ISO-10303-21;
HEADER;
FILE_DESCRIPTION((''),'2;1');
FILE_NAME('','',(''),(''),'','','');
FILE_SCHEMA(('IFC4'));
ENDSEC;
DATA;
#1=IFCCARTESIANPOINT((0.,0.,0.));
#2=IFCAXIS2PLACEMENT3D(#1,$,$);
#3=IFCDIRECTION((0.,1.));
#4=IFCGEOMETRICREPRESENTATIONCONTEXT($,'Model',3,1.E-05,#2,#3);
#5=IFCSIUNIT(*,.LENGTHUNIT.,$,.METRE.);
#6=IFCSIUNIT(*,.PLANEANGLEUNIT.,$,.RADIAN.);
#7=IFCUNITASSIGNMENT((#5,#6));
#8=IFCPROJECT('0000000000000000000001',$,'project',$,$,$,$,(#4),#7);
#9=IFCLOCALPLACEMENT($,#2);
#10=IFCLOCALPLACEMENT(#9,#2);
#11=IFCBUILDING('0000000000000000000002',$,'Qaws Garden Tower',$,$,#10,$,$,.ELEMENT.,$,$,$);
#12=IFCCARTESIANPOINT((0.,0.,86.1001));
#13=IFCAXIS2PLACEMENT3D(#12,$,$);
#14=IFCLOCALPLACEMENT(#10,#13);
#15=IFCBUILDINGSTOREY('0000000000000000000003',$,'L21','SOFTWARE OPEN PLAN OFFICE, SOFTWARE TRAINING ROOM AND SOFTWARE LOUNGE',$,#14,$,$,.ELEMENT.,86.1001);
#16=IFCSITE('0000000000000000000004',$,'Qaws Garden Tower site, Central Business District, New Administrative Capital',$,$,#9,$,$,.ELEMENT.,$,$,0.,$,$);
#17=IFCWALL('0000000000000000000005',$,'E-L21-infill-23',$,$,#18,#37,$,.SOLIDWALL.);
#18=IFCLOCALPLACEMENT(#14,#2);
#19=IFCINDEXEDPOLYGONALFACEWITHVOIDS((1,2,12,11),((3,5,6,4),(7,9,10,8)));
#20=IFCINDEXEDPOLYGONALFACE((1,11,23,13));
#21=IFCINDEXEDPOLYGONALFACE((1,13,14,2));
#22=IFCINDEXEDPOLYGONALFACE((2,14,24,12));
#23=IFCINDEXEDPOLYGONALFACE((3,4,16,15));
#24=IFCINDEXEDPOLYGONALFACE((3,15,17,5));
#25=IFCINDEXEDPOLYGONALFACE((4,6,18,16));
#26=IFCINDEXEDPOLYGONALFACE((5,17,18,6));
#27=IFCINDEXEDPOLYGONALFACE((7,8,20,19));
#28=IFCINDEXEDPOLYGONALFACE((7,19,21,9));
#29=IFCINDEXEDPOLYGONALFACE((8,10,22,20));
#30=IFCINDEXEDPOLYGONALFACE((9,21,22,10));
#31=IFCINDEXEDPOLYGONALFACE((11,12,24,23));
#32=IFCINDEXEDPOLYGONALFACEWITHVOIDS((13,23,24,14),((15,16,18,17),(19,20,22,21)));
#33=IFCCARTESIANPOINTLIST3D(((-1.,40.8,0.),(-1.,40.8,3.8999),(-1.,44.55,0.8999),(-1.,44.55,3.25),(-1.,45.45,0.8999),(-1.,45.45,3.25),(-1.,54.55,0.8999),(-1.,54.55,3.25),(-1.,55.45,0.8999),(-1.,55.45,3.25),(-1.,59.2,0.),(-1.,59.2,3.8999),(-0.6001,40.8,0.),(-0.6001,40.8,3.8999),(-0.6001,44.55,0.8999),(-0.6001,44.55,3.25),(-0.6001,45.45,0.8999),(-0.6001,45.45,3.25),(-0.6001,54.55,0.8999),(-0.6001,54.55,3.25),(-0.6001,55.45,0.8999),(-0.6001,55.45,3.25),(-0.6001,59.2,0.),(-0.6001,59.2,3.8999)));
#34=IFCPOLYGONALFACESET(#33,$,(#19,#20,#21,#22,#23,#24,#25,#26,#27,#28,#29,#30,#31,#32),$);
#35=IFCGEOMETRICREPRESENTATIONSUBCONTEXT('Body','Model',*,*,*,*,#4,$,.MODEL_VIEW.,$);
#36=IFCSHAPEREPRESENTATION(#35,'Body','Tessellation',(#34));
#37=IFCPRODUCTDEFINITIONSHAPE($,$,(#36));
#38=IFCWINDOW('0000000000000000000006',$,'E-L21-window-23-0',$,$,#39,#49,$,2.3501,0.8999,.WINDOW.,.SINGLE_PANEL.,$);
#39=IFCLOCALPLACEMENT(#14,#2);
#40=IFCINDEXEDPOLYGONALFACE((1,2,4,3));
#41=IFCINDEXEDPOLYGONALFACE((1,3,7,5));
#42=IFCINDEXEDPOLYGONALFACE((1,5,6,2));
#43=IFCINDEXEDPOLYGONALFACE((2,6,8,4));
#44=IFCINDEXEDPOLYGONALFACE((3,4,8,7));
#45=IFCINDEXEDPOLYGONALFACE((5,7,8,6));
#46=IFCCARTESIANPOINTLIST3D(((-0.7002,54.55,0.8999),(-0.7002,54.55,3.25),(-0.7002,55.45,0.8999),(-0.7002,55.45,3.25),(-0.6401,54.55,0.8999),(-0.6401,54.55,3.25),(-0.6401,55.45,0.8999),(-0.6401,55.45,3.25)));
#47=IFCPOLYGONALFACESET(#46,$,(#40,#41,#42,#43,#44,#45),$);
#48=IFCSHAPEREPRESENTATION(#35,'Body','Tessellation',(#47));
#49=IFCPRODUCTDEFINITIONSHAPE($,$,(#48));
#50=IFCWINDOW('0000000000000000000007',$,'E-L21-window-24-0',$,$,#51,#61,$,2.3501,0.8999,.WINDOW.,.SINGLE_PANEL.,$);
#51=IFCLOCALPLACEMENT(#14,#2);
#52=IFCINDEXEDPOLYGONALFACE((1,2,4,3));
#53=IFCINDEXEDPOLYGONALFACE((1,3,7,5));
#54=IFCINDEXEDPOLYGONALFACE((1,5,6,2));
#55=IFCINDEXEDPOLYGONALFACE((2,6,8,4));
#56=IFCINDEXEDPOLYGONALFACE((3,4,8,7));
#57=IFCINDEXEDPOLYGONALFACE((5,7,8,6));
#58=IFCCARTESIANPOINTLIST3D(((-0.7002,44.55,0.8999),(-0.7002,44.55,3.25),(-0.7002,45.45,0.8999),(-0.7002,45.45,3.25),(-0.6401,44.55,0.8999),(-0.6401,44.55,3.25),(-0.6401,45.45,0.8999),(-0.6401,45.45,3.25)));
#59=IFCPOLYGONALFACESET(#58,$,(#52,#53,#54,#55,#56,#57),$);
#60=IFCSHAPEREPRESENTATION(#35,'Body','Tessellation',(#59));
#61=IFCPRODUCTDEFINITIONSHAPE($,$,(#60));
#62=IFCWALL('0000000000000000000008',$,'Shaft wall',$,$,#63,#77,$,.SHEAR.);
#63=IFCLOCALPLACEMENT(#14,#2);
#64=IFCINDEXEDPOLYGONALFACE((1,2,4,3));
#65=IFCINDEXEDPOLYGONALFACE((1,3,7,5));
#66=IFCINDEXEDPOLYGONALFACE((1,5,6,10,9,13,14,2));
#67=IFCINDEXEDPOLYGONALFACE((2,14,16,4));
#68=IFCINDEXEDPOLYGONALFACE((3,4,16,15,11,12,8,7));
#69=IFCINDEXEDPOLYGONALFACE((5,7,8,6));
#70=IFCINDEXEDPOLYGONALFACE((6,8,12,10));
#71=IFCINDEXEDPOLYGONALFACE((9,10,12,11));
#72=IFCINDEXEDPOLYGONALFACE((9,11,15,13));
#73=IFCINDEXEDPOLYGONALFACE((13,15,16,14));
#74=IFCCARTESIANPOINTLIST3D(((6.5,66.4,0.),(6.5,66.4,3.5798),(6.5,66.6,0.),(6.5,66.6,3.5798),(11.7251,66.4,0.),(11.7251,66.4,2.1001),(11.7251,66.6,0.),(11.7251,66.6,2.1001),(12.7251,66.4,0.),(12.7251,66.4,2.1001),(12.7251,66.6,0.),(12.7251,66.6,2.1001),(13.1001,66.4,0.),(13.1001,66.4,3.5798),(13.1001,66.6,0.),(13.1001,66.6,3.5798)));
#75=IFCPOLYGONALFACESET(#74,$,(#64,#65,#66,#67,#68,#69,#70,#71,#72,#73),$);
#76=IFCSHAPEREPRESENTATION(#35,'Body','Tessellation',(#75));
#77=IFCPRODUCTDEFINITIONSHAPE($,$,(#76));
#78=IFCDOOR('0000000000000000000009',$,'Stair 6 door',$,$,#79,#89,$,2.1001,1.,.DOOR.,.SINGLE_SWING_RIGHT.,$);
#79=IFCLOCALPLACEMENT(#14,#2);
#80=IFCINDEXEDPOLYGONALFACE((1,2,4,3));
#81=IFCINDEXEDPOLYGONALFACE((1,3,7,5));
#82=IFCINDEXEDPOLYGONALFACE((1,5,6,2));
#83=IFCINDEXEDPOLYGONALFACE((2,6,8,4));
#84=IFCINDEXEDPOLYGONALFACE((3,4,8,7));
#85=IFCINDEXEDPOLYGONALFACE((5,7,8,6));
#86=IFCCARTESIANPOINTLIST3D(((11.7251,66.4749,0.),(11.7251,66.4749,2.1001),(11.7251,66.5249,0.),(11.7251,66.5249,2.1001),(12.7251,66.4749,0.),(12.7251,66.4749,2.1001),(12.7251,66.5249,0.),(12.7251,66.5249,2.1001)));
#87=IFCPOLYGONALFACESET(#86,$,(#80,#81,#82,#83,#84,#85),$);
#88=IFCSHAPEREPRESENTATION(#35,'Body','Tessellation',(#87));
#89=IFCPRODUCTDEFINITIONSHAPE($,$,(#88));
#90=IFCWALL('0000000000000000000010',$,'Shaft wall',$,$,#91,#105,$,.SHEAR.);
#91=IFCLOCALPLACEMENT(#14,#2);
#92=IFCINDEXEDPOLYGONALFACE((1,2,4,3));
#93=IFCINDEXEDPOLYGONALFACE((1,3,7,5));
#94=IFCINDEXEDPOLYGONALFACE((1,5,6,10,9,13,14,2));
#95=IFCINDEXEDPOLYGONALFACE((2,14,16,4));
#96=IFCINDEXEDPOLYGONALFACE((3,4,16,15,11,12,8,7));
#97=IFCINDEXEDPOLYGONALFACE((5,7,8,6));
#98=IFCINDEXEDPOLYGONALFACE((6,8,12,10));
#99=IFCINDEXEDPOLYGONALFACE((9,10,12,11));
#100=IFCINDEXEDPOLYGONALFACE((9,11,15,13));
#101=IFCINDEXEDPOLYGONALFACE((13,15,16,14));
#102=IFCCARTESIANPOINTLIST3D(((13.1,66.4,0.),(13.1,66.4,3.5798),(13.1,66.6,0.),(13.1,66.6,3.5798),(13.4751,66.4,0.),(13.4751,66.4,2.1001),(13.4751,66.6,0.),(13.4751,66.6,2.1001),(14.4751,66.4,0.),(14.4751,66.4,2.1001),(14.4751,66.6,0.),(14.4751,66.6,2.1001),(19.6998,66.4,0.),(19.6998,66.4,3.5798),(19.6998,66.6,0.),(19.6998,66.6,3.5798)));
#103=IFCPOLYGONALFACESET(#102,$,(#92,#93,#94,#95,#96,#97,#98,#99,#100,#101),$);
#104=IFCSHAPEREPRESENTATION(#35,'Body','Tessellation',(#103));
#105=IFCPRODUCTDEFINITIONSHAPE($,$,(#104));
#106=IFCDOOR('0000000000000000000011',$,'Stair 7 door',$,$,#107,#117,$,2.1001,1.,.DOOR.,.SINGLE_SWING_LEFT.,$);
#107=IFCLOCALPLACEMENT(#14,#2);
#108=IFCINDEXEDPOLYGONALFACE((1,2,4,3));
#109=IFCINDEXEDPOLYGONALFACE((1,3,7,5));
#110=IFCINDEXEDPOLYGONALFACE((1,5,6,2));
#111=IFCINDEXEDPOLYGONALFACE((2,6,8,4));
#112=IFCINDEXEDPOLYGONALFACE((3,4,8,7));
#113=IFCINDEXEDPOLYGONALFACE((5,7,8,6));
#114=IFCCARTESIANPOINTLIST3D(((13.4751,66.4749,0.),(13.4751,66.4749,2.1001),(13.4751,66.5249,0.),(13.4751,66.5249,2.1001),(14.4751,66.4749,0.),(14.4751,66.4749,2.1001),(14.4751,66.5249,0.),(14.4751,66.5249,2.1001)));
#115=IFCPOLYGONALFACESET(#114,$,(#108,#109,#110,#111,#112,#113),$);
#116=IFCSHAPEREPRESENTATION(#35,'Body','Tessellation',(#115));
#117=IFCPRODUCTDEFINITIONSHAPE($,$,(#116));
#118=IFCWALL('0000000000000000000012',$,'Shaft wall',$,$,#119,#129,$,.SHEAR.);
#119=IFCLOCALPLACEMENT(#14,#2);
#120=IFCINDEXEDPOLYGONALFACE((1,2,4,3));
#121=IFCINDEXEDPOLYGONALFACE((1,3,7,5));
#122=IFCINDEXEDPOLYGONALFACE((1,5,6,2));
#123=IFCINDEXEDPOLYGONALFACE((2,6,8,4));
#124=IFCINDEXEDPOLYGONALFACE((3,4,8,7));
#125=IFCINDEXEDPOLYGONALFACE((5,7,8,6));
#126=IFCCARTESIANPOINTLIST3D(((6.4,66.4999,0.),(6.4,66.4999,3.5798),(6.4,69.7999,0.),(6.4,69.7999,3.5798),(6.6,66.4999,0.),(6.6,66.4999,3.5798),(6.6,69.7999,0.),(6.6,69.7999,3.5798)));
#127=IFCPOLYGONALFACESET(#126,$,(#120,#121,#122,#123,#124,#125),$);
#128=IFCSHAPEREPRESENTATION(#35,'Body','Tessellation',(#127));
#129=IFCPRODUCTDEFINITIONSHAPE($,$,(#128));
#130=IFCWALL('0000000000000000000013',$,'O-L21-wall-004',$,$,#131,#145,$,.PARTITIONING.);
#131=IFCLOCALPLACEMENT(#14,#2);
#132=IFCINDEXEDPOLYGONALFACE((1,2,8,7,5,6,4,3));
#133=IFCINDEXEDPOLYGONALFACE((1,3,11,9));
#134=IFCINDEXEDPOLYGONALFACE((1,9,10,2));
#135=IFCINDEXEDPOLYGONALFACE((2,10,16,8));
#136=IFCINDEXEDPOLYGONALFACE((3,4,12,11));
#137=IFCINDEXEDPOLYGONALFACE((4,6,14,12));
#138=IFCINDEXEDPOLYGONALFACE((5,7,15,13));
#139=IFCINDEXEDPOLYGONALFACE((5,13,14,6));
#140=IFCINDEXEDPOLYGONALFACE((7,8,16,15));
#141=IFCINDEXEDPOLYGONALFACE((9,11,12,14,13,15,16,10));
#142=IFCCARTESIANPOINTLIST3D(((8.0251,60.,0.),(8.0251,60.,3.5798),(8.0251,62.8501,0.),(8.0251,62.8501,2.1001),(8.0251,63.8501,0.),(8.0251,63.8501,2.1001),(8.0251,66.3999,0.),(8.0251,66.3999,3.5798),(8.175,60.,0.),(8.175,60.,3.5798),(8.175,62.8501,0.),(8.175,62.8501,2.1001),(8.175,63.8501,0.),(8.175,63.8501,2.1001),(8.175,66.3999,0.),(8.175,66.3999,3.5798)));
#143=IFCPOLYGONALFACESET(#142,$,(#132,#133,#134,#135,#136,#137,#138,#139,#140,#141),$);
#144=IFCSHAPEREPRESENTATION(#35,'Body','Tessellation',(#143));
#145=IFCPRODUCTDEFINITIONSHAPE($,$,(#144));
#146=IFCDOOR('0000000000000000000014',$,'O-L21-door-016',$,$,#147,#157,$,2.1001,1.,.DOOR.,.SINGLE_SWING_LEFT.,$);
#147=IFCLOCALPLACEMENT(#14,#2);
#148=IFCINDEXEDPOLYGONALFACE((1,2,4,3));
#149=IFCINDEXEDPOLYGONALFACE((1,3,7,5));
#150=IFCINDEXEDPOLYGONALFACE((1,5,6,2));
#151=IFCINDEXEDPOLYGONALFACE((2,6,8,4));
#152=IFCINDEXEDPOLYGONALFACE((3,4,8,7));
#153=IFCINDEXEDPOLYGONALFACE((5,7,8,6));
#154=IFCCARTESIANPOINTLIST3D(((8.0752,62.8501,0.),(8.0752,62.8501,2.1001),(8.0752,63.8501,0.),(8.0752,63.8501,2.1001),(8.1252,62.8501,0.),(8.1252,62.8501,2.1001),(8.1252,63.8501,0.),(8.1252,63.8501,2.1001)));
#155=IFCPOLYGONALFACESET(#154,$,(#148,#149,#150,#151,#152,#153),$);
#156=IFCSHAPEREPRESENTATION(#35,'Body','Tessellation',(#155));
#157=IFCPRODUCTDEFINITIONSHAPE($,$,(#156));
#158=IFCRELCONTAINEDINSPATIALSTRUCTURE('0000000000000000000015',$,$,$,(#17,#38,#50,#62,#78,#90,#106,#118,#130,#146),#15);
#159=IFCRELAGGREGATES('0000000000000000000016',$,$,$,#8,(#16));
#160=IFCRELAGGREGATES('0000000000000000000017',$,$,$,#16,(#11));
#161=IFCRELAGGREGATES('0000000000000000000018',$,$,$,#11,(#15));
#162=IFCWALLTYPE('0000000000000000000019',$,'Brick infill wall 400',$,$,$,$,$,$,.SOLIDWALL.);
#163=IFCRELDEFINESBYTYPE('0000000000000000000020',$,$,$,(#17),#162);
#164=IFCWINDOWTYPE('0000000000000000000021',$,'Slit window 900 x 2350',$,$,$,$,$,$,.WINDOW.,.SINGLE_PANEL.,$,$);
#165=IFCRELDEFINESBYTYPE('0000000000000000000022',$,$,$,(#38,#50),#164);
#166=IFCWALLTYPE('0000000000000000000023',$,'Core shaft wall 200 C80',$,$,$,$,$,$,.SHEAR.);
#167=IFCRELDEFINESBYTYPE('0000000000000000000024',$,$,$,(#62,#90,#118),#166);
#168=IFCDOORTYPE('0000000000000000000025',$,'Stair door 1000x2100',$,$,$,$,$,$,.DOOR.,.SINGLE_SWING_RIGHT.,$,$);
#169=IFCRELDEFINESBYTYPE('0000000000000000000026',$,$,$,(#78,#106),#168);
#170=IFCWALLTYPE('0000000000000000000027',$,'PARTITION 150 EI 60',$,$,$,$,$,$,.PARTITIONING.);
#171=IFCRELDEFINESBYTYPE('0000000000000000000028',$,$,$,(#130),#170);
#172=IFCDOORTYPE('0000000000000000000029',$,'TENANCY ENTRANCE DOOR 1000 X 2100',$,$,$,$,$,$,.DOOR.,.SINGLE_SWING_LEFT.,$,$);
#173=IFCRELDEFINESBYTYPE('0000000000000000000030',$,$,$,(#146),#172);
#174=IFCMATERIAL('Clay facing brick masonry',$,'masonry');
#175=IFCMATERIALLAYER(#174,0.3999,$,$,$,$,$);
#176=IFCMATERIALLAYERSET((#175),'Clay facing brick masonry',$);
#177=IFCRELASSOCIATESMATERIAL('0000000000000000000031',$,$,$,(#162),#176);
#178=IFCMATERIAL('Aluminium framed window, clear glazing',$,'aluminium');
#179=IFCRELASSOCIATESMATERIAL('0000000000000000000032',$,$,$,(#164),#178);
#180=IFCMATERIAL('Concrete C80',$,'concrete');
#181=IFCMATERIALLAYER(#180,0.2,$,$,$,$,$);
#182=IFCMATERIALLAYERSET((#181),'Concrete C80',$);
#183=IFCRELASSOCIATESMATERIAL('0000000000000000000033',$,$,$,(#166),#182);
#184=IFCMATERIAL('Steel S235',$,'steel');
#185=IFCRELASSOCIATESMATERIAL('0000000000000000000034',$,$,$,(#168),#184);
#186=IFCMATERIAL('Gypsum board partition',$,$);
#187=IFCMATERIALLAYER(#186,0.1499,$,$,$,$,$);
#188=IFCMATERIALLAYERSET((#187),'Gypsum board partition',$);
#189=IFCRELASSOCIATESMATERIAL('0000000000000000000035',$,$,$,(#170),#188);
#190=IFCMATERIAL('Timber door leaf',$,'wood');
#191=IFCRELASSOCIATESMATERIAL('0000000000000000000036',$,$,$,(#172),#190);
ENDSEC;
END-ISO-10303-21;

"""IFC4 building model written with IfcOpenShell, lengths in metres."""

from ifc_helpers import new_model, si_unit, direction, frame, frame_2d, origin, place, context, subcontext, project, spatial, rectangle, extrude, material, layer, layer_set, type_object, element, fill, save


model = new_model("IFC4")

# Units and contexts
model_context = context("Model", 3, precision=1e-05, world=origin(), true_north=direction((0.0, 1.0)))
body_context = subcontext(model_context, "Body", "Model", "MODEL_VIEW")
ifc_project = project(units=[si_unit("LENGTHUNIT", "METRE"), si_unit("PLANEANGLEUNIT", "RADIAN")], contexts=[model_context])

# Site, building, storey
site_placement = place(None, origin())
site = spatial("IfcSite", under=ifc_project, at=site_placement, Name="Qaws Garden Tower site, Central Business District, New Administrative Capital", CompositionType="ELEMENT", RefElevation=0.0)
building_placement = place(site_placement, origin())
building = spatial("IfcBuilding", under=site, at=building_placement, Name="Qaws Garden Tower", CompositionType="ELEMENT")
storey_placement = place(building_placement, frame((0.0, 0.0, 86.1001)))
storey = spatial("IfcBuildingStorey", under=building, at=storey_placement, Name="L21", Description="SOFTWARE OPEN PLAN OFFICE, SOFTWARE TRAINING ROOM AND SOFTWARE LOUNGE", CompositionType="ELEMENT", Elevation=86.1001)

# Shared definitions
ifc_material_1 = material(Name="Clay facing brick masonry", Category="masonry")
ifc_layer_1 = layer(ifc_material_1, 0.3999)
ifc_layer_set_1 = layer_set([ifc_layer_1], Name="Clay facing brick masonry")
wall_type_1 = type_object("IfcWallType", Name="Brick infill wall 400", PredefinedType="SOLIDWALL", material=ifc_layer_set_1)

# Wall, openings, windows
wall_1_placement = place(storey_placement, frame((-0.8, 59.2, 0.0), z_axis=(0.0, 0.0, 1.0), x_axis=(0.0, -1.0, 0.0)))
wall_1 = element("IfcWall", 1, at=wall_1_placement, inside=storey, type_object=wall_type_1, Name="E-L21-infill-23", PredefinedType="SOLIDWALL", context=body_context, shape_type="SweptSolid", body=[
    extrude(rectangle(XDim=18.3999, YDim=0.3999, at=frame_2d((9.2, 0.0))), origin(), (0.0, 0.0, 1.0), 3.8999),
])
opening_1_placement = place(wall_1_placement, frame((3.75, 0.0, 0.8999)))
opening_1 = element("IfcOpeningElement", 2, at=opening_1_placement, cuts=wall_1, PredefinedType="OPENING", context=body_context, shape_type="SweptSolid", body=[
    extrude(rectangle(XDim=0.8999, YDim=2.3501, at=frame_2d((0.45, 1.175))), frame((0.0, 0.21, 0.0), z_axis=(0.0, -1.0, 0.0), x_axis=(1.0, 0.0, 0.0)), (0.0, 0.0, 1.0), 0.4199),
])
opening_2_placement = place(wall_1_placement, frame((13.75, 0.0, 0.8999)))
opening_2 = element("IfcOpeningElement", 3, at=opening_2_placement, cuts=wall_1, PredefinedType="OPENING", context=body_context, shape_type="SweptSolid", body=[
    extrude(rectangle(XDim=0.8999, YDim=2.3501, at=frame_2d((0.45, 1.175))), frame((0.0, 0.21, 0.0), z_axis=(0.0, -1.0, 0.0), x_axis=(1.0, 0.0, 0.0)), (0.0, 0.0, 1.0), 0.4199),
])
ifc_material_2 = material(Name="Aluminium framed window, clear glazing", Category="aluminium")
window_type_1 = type_object("IfcWindowType", Name="Slit window 900 x 2350", PartitioningType="SINGLE_PANEL", PredefinedType="WINDOW", material=ifc_material_2)
window_1_placement = place(opening_1_placement, origin())
window_1 = element("IfcWindow", 4, at=window_1_placement, inside=storey, type_object=window_type_1, Name="E-L21-window-23-0", OverallHeight=2.3501, OverallWidth=0.8999, PartitioningType="SINGLE_PANEL", PredefinedType="WINDOW", context=body_context, shape_type="SweptSolid", body=[
    extrude(rectangle(XDim=0.8999, YDim=2.3501, at=frame_2d((0.45, 1.175))), frame((0.0, 0.1599, 0.0), z_axis=(0.0, -1.0, 0.0), x_axis=(1.0, 0.0, 0.0)), (0.0, 0.0, 1.0), 0.0601),
])
fill(opening_1, window_1)
window_2_placement = place(opening_2_placement, origin())
window_2 = element("IfcWindow", 5, at=window_2_placement, inside=storey, type_object=window_type_1, Name="E-L21-window-24-0", OverallHeight=2.3501, OverallWidth=0.8999, PartitioningType="SINGLE_PANEL", PredefinedType="WINDOW", context=body_context, shape_type="SweptSolid", body=[
    extrude(rectangle(XDim=0.8999, YDim=2.3501, at=frame_2d((0.45, 1.175))), frame((0.0, 0.1599, 0.0), z_axis=(0.0, -1.0, 0.0), x_axis=(1.0, 0.0, 0.0)), (0.0, 0.0, 1.0), 0.0601),
])
fill(opening_2, window_2)

# Walls, openings, doors
ifc_material_3 = material(Name="Concrete C80", Category="concrete")
ifc_layer_2 = layer(ifc_material_3, 0.2)
ifc_layer_set_2 = layer_set([ifc_layer_2], Name="Concrete C80")
wall_type_2 = type_object("IfcWallType", Name="Core shaft wall 200 C80", PredefinedType="SHEAR", material=ifc_layer_set_2)
wall_2_placement = place(storey_placement, frame((6.5, 66.5, 0.0), z_axis=(0.0, 0.0, 1.0), x_axis=(1.0, 0.0, 0.0)))
wall_2 = element("IfcWall", 6, at=wall_2_placement, inside=storey, type_object=wall_type_2, Name="Shaft wall", PredefinedType="SHEAR", context=body_context, shape_type="SweptSolid", body=[
    extrude(rectangle(XDim=6.6001, YDim=0.2, at=frame_2d((3.3, 0.0))), origin(), (0.0, 0.0, 1.0), 3.5798),
])
opening_3_placement = place(wall_2_placement, frame((5.2251, 0.0, 0.0)))
opening_3 = element("IfcOpeningElement", 7, at=opening_3_placement, cuts=wall_2, PredefinedType="OPENING", context=body_context, shape_type="SweptSolid", body=[
    extrude(rectangle(XDim=1.0, YDim=2.1001, at=frame_2d((0.5, 1.05))), frame((0.0, 0.1099, 0.0), z_axis=(0.0, -1.0, 0.0), x_axis=(1.0, 0.0, 0.0)), (0.0, 0.0, 1.0), 0.22),
])
ifc_material_4 = material(Name="Steel S235", Category="steel")
door_type_1 = type_object("IfcDoorType", Name="Stair door 1000x2100", OperationType="SINGLE_SWING_RIGHT", PredefinedType="DOOR", material=ifc_material_4)
door_1_placement = place(opening_3_placement, origin())
door_1 = element("IfcDoor", 8, at=door_1_placement, inside=storey, type_object=door_type_1, Name="Stair 6 door", OperationType="SINGLE_SWING_RIGHT", OverallHeight=2.1001, OverallWidth=1.0, PredefinedType="DOOR", context=body_context, shape_type="SweptSolid", body=[
    extrude(rectangle(XDim=1.0, YDim=2.1001, at=frame_2d((0.5, 1.05))), frame((0.0, 0.0249, 0.0), z_axis=(0.0, -1.0, 0.0), x_axis=(1.0, 0.0, 0.0)), (0.0, 0.0, 1.0), 0.05),
])
fill(opening_3, door_1)
wall_3_placement = place(storey_placement, frame((13.1001, 66.5, 0.0), z_axis=(0.0, 0.0, 1.0), x_axis=(1.0, 0.0, 0.0)))
wall_3 = element("IfcWall", 9, at=wall_3_placement, inside=storey, type_object=wall_type_2, Name="Shaft wall", PredefinedType="SHEAR", context=body_context, shape_type="SweptSolid", body=[
    extrude(rectangle(XDim=6.5999, YDim=0.2, at=frame_2d((3.2998, 0.0))), origin(), (0.0, 0.0, 1.0), 3.5798),
])
opening_4_placement = place(wall_3_placement, frame((0.375, 0.0, 0.0)))
opening_4 = element("IfcOpeningElement", 10, at=opening_4_placement, cuts=wall_3, PredefinedType="OPENING", context=body_context, shape_type="SweptSolid", body=[
    extrude(rectangle(XDim=1.0, YDim=2.1001, at=frame_2d((0.5, 1.05))), frame((0.0, 0.1099, 0.0), z_axis=(0.0, -1.0, 0.0), x_axis=(1.0, 0.0, 0.0)), (0.0, 0.0, 1.0), 0.22),
])
door_2_placement = place(opening_4_placement, origin())
door_2 = element("IfcDoor", 11, at=door_2_placement, inside=storey, type_object=door_type_1, Name="Stair 7 door", OperationType="SINGLE_SWING_LEFT", OverallHeight=2.1001, OverallWidth=1.0, PredefinedType="DOOR", context=body_context, shape_type="SweptSolid", body=[
    extrude(rectangle(XDim=1.0, YDim=2.1001, at=frame_2d((0.5, 1.05))), frame((0.0, 0.0249, 0.0), z_axis=(0.0, -1.0, 0.0), x_axis=(1.0, 0.0, 0.0)), (0.0, 0.0, 1.0), 0.05),
])
fill(opening_4, door_2)

# Wall
wall_4_placement = place(storey_placement, frame((6.5, 66.5, 0.0), z_axis=(0.0, 0.0, 1.0), x_axis=(0.0, 1.0, 0.0)))
element("IfcWall", 12, at=wall_4_placement, inside=storey, type_object=wall_type_2, Name="Shaft wall", PredefinedType="SHEAR", context=body_context, shape_type="SweptSolid", body=[
    extrude(rectangle(XDim=3.3, YDim=0.2, at=frame_2d((1.6499, 0.0))), origin(), (0.0, 0.0, 1.0), 3.5798),
])

# Wall, opening, door
ifc_material_5 = material(Name="Gypsum board partition")
ifc_layer_3 = layer(ifc_material_5, 0.1499)
ifc_layer_set_3 = layer_set([ifc_layer_3], Name="Gypsum board partition")
wall_type_3 = type_object("IfcWallType", Name="PARTITION 150 EI 60", PredefinedType="PARTITIONING", material=ifc_layer_set_3)
wall_5_placement = place(storey_placement, frame((8.1001, 60.0, 0.0), z_axis=(0.0, 0.0, 1.0), x_axis=(0.0, 1.0, 0.0)))
wall_5 = element("IfcWall", 13, at=wall_5_placement, inside=storey, type_object=wall_type_3, Name="O-L21-wall-004", PredefinedType="PARTITIONING", context=body_context, shape_type="SweptSolid", body=[
    extrude(rectangle(XDim=6.3999, YDim=0.1499, at=frame_2d((3.2, 0.0))), origin(), (0.0, 0.0, 1.0), 3.5798),
])
opening_5_placement = place(wall_5_placement, frame((2.8501, 0.0, 0.0)))
opening_5 = element("IfcOpeningElement", 14, at=opening_5_placement, cuts=wall_5, PredefinedType="OPENING", context=body_context, shape_type="SweptSolid", body=[
    extrude(rectangle(XDim=1.0, YDim=2.1001, at=frame_2d((0.5, 1.05))), frame((0.0, 0.085, 0.0), z_axis=(0.0, -1.0, 0.0), x_axis=(1.0, 0.0, 0.0)), (0.0, 0.0, 1.0), 0.1699),
])
ifc_material_6 = material(Name="Timber door leaf", Category="wood")
door_type_2 = type_object("IfcDoorType", Name="TENANCY ENTRANCE DOOR 1000 X 2100", OperationType="SINGLE_SWING_LEFT", PredefinedType="DOOR", material=ifc_material_6)
door_3_placement = place(opening_5_placement, origin())
door_3 = element("IfcDoor", 15, at=door_3_placement, inside=storey, type_object=door_type_2, Name="O-L21-door-016", OperationType="SINGLE_SWING_LEFT", OverallHeight=2.1001, OverallWidth=1.0, PredefinedType="DOOR", context=body_context, shape_type="SweptSolid", body=[
    extrude(rectangle(XDim=1.0, YDim=2.1001, at=frame_2d((0.5, 1.05))), frame((0.0, 0.0249, 0.0), z_axis=(0.0, -1.0, 0.0), x_axis=(1.0, 0.0, 0.0)), (0.0, 0.0, 1.0), 0.05),
])
fill(opening_5, door_3)

save(model, "model.ifc")
